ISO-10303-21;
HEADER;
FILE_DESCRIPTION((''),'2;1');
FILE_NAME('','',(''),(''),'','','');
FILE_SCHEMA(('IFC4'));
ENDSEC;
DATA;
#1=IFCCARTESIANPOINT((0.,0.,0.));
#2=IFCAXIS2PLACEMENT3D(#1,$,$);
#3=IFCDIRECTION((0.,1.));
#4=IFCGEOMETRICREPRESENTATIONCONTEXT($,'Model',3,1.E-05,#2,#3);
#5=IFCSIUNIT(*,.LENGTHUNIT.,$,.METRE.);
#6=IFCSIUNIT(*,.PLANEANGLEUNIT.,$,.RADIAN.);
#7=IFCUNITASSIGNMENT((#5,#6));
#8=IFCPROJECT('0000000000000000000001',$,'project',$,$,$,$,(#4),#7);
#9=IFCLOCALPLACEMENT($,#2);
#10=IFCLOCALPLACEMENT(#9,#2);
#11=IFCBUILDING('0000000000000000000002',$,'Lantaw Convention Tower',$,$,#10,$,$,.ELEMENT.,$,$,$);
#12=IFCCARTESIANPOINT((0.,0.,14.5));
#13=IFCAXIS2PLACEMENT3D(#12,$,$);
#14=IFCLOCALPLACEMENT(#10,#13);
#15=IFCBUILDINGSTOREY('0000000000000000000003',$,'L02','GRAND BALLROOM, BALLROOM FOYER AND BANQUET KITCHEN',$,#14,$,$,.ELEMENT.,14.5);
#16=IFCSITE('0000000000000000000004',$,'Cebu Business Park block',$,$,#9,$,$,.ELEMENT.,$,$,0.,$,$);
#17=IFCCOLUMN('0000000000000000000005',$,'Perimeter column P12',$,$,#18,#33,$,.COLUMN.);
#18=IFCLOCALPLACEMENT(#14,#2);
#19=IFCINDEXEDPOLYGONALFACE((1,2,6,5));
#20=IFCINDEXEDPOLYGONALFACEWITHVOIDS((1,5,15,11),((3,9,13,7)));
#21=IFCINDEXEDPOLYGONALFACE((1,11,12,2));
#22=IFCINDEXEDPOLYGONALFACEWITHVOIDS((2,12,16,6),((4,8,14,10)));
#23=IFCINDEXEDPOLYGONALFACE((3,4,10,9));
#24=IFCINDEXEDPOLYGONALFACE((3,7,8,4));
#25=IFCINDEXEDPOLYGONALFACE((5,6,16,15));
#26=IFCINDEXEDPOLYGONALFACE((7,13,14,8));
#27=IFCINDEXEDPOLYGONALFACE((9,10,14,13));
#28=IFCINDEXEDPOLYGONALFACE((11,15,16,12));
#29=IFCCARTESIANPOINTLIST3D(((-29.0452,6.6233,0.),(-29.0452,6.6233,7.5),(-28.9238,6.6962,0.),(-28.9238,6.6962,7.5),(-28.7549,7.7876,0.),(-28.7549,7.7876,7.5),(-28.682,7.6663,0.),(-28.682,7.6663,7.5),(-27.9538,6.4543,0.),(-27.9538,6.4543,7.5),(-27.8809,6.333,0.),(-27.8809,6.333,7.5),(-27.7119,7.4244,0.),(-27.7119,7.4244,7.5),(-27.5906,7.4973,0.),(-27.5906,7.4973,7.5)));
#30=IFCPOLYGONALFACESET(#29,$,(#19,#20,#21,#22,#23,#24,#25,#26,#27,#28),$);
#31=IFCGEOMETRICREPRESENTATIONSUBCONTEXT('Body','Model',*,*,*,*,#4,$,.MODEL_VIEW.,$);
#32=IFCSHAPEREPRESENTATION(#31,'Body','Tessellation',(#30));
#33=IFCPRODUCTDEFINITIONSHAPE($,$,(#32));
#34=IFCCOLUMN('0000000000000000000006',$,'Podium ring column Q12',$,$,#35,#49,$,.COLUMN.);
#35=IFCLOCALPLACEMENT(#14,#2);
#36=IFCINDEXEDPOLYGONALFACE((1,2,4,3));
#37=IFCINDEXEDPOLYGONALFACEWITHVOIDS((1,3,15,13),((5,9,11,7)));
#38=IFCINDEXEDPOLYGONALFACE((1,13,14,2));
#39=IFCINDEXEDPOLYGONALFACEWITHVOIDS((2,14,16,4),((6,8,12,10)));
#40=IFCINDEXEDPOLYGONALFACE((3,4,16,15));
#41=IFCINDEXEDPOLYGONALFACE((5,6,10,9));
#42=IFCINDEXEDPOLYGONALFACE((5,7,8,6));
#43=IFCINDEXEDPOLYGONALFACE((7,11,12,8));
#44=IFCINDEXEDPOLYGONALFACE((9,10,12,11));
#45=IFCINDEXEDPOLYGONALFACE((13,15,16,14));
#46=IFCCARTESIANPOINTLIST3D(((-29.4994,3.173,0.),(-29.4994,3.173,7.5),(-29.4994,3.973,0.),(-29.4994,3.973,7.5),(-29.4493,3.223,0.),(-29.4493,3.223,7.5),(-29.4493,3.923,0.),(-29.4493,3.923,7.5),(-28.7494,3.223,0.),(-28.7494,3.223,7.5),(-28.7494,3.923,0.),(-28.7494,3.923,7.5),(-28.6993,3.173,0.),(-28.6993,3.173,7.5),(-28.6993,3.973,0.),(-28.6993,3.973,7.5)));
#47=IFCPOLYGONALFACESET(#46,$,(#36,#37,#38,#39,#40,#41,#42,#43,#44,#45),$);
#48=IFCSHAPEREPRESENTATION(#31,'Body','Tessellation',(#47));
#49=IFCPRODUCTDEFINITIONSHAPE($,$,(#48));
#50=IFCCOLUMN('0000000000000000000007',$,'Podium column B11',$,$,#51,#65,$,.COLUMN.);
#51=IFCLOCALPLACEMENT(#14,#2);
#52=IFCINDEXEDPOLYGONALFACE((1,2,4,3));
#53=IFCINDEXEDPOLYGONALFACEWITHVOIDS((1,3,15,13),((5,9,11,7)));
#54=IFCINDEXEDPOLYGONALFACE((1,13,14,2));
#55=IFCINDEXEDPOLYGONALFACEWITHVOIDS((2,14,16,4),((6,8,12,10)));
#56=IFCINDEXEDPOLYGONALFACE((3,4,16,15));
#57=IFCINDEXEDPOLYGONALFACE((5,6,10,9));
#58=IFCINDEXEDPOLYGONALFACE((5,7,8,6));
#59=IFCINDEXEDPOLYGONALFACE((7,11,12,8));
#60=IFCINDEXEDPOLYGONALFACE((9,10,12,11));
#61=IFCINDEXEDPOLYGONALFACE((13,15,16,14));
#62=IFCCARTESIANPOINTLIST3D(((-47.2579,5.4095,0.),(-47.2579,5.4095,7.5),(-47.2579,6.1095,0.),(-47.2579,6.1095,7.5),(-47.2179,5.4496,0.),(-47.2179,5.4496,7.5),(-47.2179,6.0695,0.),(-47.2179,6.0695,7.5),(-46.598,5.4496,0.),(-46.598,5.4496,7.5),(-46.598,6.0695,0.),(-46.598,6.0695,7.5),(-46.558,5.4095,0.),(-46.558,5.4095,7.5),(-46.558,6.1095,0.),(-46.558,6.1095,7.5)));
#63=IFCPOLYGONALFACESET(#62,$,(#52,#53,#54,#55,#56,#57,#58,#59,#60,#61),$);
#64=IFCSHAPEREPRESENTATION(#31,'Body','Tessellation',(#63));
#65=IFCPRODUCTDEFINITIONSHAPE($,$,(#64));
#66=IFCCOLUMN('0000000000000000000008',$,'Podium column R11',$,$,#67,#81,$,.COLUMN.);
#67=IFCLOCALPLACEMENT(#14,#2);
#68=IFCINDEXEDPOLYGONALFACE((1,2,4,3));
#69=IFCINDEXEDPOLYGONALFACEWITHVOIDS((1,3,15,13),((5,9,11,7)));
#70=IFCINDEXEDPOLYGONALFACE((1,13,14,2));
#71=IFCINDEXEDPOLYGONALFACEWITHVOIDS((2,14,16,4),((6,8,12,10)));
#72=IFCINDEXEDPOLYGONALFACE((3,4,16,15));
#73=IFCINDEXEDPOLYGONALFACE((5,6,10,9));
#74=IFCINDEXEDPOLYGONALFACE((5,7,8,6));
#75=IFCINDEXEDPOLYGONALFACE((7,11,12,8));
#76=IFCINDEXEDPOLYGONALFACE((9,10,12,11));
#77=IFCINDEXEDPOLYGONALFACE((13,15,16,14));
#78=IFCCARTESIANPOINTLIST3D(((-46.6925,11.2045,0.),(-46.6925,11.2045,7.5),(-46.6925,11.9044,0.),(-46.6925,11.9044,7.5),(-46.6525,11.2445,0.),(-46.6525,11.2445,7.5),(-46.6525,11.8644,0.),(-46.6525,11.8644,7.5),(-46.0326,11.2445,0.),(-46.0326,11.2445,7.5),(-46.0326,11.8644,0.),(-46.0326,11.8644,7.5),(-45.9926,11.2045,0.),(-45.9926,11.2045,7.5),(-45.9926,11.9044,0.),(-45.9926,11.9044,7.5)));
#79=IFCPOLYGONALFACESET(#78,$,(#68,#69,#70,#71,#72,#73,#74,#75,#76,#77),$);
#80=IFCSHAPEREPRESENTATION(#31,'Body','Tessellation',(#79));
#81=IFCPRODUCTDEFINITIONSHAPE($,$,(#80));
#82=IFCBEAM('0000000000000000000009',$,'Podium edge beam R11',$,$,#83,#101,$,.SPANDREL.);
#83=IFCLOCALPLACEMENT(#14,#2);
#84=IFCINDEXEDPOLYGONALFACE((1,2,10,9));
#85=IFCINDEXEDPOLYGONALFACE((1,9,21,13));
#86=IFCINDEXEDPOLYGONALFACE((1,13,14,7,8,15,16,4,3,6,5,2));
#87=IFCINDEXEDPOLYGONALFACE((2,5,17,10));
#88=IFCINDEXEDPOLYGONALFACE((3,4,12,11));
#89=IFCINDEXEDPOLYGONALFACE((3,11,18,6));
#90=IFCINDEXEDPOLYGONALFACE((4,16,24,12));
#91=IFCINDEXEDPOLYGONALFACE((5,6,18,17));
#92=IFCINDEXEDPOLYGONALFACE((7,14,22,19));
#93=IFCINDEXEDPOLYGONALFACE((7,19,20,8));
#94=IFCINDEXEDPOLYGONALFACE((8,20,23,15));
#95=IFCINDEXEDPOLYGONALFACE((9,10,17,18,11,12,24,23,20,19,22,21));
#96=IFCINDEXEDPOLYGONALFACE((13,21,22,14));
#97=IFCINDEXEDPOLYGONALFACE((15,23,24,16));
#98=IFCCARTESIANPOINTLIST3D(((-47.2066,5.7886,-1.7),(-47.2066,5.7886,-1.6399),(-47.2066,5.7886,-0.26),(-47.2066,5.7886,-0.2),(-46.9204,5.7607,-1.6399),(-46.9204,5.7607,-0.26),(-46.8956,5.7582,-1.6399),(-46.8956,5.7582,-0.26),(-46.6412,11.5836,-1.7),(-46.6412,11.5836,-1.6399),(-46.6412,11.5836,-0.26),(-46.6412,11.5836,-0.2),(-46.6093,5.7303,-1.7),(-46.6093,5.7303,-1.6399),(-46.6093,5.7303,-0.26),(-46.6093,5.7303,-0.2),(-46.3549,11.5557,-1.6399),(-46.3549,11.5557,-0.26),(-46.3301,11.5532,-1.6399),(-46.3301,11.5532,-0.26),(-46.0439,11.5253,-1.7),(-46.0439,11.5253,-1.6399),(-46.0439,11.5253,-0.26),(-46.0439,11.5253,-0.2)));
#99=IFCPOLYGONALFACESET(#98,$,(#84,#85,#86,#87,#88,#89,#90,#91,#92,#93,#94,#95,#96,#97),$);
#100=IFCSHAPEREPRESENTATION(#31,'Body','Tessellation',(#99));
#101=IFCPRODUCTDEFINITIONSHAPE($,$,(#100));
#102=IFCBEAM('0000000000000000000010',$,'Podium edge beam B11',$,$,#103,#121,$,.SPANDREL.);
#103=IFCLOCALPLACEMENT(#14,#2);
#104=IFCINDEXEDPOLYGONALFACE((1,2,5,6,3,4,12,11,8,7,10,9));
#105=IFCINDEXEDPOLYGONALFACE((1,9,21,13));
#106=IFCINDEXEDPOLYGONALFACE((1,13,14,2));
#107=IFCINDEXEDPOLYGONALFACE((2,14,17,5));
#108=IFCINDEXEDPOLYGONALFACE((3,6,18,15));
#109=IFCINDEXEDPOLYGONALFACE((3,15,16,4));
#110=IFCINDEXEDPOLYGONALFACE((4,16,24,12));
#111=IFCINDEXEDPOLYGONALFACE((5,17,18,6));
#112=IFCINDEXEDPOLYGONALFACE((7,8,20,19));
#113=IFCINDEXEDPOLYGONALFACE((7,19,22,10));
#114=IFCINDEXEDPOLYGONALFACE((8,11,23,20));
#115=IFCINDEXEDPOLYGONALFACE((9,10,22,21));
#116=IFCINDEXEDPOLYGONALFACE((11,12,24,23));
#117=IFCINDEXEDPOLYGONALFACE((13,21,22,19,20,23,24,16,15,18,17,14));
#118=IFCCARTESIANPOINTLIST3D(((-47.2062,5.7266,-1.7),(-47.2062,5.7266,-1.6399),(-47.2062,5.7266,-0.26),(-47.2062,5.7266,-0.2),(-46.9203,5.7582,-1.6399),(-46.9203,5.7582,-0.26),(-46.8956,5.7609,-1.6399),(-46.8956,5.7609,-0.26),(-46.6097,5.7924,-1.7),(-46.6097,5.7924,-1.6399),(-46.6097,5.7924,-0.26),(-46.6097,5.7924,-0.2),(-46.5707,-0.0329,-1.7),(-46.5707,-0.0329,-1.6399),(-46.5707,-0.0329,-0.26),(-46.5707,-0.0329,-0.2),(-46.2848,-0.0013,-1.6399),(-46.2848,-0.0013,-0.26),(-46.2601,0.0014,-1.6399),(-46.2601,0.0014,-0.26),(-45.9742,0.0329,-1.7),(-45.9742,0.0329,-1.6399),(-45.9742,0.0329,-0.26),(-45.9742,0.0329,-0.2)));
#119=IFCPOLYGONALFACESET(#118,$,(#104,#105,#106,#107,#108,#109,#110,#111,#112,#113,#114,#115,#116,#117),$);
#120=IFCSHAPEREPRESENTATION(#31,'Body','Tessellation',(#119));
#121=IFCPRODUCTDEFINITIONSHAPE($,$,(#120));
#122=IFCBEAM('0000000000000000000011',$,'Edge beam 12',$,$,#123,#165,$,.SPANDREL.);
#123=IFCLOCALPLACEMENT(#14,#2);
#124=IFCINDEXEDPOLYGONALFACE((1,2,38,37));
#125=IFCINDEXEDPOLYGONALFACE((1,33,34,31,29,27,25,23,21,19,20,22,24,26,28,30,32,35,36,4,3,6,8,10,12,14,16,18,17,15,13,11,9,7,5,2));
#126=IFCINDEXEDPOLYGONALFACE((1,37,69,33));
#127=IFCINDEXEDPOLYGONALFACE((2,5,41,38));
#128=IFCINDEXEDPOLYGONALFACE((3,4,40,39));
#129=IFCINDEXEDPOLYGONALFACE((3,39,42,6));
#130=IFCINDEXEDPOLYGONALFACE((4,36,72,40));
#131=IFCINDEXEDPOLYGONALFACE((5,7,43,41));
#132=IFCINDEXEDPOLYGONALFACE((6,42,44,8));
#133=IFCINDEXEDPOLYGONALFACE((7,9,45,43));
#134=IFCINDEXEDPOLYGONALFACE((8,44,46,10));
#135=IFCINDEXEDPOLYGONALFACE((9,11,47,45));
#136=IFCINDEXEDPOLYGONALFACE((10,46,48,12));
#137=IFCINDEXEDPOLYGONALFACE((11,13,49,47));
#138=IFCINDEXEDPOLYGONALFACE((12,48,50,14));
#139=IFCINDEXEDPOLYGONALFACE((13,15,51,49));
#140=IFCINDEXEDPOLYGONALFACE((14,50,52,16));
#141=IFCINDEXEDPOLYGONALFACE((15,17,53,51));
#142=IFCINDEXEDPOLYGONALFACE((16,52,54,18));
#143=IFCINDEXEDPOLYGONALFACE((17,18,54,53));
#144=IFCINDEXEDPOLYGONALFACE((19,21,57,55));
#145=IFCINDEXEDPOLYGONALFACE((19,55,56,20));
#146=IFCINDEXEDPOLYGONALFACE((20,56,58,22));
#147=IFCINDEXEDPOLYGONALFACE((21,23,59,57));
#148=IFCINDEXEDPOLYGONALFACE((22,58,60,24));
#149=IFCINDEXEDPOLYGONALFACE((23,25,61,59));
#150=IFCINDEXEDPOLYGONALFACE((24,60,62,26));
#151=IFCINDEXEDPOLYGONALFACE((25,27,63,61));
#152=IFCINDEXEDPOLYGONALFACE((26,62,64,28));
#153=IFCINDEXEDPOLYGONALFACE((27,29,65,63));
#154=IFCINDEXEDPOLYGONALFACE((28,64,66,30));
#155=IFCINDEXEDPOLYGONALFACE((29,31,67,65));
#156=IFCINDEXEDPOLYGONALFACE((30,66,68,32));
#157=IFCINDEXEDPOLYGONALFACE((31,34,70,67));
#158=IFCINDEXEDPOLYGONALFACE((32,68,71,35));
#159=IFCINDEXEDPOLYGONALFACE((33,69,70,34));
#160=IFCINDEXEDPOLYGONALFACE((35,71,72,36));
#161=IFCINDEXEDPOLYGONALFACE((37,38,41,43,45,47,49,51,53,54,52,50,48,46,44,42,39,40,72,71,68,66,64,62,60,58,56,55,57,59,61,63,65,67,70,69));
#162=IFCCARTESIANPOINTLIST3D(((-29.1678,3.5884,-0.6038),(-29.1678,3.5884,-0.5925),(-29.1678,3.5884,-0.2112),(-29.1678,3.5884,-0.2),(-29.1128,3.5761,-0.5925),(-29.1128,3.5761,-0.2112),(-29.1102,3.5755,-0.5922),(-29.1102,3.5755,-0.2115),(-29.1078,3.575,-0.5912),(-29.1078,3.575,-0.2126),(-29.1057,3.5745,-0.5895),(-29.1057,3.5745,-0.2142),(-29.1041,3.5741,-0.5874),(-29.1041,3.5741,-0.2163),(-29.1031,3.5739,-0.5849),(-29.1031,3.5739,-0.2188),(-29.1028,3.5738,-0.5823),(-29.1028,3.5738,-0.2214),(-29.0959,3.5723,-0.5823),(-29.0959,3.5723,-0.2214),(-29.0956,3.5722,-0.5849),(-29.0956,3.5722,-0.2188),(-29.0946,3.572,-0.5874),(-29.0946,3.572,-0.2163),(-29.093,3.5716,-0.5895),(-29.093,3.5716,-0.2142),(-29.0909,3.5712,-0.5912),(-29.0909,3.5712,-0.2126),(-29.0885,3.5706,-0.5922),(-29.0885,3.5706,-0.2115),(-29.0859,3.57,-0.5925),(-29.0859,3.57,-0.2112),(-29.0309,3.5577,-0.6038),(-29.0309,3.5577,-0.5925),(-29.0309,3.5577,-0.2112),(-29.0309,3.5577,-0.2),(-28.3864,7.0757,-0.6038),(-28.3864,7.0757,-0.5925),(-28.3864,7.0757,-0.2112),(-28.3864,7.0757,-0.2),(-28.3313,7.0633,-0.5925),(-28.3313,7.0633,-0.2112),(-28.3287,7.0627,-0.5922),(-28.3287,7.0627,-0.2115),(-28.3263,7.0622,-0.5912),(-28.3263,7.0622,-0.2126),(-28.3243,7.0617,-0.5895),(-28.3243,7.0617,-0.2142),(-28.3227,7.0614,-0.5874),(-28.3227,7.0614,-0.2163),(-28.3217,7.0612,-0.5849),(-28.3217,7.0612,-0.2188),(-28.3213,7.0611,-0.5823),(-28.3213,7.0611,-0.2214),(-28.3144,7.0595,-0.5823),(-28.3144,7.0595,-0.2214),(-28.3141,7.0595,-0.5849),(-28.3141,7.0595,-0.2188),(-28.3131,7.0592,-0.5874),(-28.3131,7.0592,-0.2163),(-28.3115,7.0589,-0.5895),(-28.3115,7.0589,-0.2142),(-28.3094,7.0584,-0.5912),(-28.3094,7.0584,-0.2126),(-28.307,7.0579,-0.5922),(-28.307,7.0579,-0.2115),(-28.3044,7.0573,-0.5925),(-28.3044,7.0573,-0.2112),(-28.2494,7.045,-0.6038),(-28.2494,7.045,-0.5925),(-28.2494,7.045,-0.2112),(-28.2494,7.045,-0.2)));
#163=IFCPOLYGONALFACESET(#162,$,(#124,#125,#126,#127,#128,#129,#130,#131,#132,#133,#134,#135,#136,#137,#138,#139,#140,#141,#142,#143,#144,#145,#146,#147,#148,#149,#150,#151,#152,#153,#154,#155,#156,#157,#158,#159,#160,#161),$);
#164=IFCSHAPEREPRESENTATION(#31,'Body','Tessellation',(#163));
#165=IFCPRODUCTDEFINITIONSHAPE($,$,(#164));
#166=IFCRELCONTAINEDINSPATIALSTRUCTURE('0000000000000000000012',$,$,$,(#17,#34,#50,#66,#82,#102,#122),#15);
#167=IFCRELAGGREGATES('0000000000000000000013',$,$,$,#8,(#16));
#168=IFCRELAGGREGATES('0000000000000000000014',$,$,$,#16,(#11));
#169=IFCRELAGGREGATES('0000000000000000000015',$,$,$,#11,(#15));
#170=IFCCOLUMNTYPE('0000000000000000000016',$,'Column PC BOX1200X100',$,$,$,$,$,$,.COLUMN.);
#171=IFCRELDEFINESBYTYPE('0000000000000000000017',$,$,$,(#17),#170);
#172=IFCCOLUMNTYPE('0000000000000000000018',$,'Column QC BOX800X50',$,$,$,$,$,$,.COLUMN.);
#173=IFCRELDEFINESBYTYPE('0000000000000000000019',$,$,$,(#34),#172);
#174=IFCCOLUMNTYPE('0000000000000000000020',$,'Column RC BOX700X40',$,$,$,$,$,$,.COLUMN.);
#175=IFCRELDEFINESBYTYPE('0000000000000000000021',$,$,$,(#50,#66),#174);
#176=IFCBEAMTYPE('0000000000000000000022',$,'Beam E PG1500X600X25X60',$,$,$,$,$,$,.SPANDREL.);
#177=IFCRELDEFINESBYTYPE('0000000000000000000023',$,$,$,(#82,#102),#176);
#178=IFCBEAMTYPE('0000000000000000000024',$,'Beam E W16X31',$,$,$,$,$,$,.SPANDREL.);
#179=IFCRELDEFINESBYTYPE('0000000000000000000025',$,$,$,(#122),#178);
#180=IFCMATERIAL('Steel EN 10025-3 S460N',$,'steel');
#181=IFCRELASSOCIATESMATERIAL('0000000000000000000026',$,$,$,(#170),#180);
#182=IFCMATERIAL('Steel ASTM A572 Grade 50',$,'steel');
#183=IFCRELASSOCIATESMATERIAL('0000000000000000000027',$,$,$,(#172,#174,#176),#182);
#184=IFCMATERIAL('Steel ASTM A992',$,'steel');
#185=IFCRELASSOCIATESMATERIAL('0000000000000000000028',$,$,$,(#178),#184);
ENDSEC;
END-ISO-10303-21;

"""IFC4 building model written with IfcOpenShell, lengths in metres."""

from ifc_helpers import new_model, si_unit, direction, frame, origin, origin_2d, place, context, subcontext, project, spatial, rectangle, hollow_rectangle, i_section, extrude, material, material_profile, profile_set, type_object, element, save


model = new_model("IFC4")

# Units and contexts
model_context = context("Model", 3, precision=1e-05, world=origin(), true_north=direction((0.0, 1.0)))
body_context = subcontext(model_context, "Body", "Model", "MODEL_VIEW")
ifc_project = project(units=[si_unit("LENGTHUNIT", "METRE"), si_unit("PLANEANGLEUNIT", "RADIAN")], contexts=[model_context])

# Site, building, storey
site_placement = place(None, origin())
site = spatial("IfcSite", under=ifc_project, at=site_placement, Name="Cebu Business Park block", CompositionType="ELEMENT", RefElevation=0.0)
building_placement = place(site_placement, origin())
building = spatial("IfcBuilding", under=site, at=building_placement, Name="Lantaw Convention Tower", CompositionType="ELEMENT")
storey_placement = place(building_placement, frame((0.0, 0.0, 14.5)))
storey = spatial("IfcBuildingStorey", under=building, at=storey_placement, Name="L02", Description="GRAND BALLROOM, BALLROOM FOYER AND BANQUET KITCHEN", CompositionType="ELEMENT", Elevation=14.5)

# Columns
ifc_material_1 = material(Name="Steel EN 10025-3 S460N", Category="steel")
ifc_material_profile_1 = material_profile(ifc_material_1, hollow_rectangle(XDim=1.2, YDim=1.2, WallThickness=0.1001, at=origin_2d()), Name="BOX1200X100")
ifc_material_2 = material(Name="Concrete C60/75", Category="concrete")
ifc_material_profile_2 = material_profile(ifc_material_2, rectangle(XDim=1.0, YDim=1.0, at=origin_2d()), Name="Concrete fill of BOX1200X100")
ifc_profile_set_1 = profile_set([ifc_material_profile_1, ifc_material_profile_2], Name="Steel EN 10025-3 S460N")
column_type_1 = type_object("IfcColumnType", Name="Column PC BOX1200X100", PredefinedType="COLUMN", material=ifc_profile_set_1)
column_1_placement = place(storey_placement, frame((-28.3179, 7.0603, 0.0), z_axis=(0.0, 0.0, 1.0), x_axis=(0.241922, 0.970296, 0.0)))
element("IfcColumn", 1, at=column_1_placement, inside=storey, type_object=column_type_1, Name="Perimeter column P12", PredefinedType="COLUMN", context=body_context, shape_type="SweptSolid", body=[
    extrude(hollow_rectangle(XDim=1.2, YDim=1.2, WallThickness=0.1001, at=origin_2d()), origin(), (0.0, 0.0, 1.0), 7.5),
])
ifc_material_3 = material(Name="Steel ASTM A572 Grade 50", Category="steel")
ifc_material_profile_3 = material_profile(ifc_material_3, hollow_rectangle(XDim=0.8, YDim=0.8, WallThickness=0.05, at=origin_2d()), Name="BOX800X50")
ifc_profile_set_2 = profile_set([ifc_material_profile_3], Name="Steel ASTM A572 Grade 50")
column_type_2 = type_object("IfcColumnType", Name="Column QC BOX800X50", PredefinedType="COLUMN", material=ifc_profile_set_2)
column_2_placement = place(storey_placement, frame((-29.0994, 3.573, 0.0), z_axis=(0.0, 0.0, 1.0), x_axis=(1.0, 0.0, 0.0)))
element("IfcColumn", 2, at=column_2_placement, inside=storey, type_object=column_type_2, Name="Podium ring column Q12", PredefinedType="COLUMN", context=body_context, shape_type="SweptSolid", body=[
    extrude(hollow_rectangle(XDim=0.8, YDim=0.8, WallThickness=0.05, at=origin_2d()), origin(), (0.0, 0.0, 1.0), 7.5),
])
ifc_material_profile_4 = material_profile(ifc_material_3, hollow_rectangle(XDim=0.7, YDim=0.7, WallThickness=0.04, at=origin_2d()), Name="BOX700X40")
ifc_profile_set_3 = profile_set([ifc_material_profile_4], Name="Steel ASTM A572 Grade 50")
column_type_3 = type_object("IfcColumnType", Name="Column RC BOX700X40", PredefinedType="COLUMN", material=ifc_profile_set_3)
for number, where, z_axis, x_axis, name in (
    (3, (-46.908, 5.7595, 0.0), (0.0, 0.0, 1.0), (1.0, 0.0, 0.0), "Podium column B11"),
    (4, (-46.3425, 11.5544, 0.0), (0.0, 0.0, 1.0), (1.0, 0.0, 0.0), "Podium column R11"),
):
    element("IfcColumn", number, at=place(storey_placement, frame(where, z_axis=z_axis, x_axis=x_axis)), inside=storey, type_object=column_type_3, Name=name, PredefinedType="COLUMN", context=body_context, shape_type="SweptSolid", body=[
        extrude(hollow_rectangle(XDim=0.7, YDim=0.7, WallThickness=0.04, at=origin_2d()), origin(), (0.0, 0.0, 1.0), 7.5),
    ])

# Beams
ifc_material_profile_5 = material_profile(ifc_material_3, i_section(OverallWidth=0.6001, OverallDepth=1.5, WebThickness=0.0249, FlangeThickness=0.0601, at=origin_2d()), Name="PG1500X600X25X60")
ifc_profile_set_4 = profile_set([ifc_material_profile_5], Name="Steel ASTM A572 Grade 50")
beam_type_1 = type_object("IfcBeamType", Name="Beam E PG1500X600X25X60", PredefinedType="SPANDREL", material=ifc_profile_set_4)
beam_1_placement = place(storey_placement, frame((-46.3425, 11.5544, -0.95), z_axis=(-0.097112, -0.995273, 0.0), x_axis=(0.995273, -0.097112, 0.0)))
element("IfcBeam", 5, at=beam_1_placement, inside=storey, type_object=beam_type_1, Name="Podium edge beam R11", PredefinedType="SPANDREL", context=body_context, shape_type="SweptSolid", body=[
    extrude(i_section(OverallWidth=0.6001, OverallDepth=1.5, WebThickness=0.0249, FlangeThickness=0.0601, at=origin_2d()), origin(), (0.0, 0.0, 1.0), 5.8225),
])
beam_2_placement = place(storey_placement, frame((-46.908, 5.7595, -0.95), z_axis=(0.109673, -0.993968, 0.0), x_axis=(0.993968, 0.109673, 0.0)))
element("IfcBeam", 6, at=beam_2_placement, inside=storey, type_object=beam_type_1, Name="Podium edge beam B11", PredefinedType="SPANDREL", context=body_context, shape_type="SweptSolid", body=[
    extrude(i_section(OverallWidth=0.6001, OverallDepth=1.5, WebThickness=0.0249, FlangeThickness=0.0601, at=origin_2d()), origin(), (0.0, 0.0, 1.0), 5.7944),
])
ifc_material_4 = material(Name="Steel ASTM A992", Category="steel")
ifc_material_profile_6 = material_profile(ifc_material_4, i_section(OverallWidth=0.1404, OverallDepth=0.4038, WebThickness=0.0071, FlangeThickness=0.0112, FilletRadius=0.0103, at=origin_2d()), Name="W16X31")
ifc_profile_set_5 = profile_set([ifc_material_profile_6], Name="Steel ASTM A992")
beam_type_2 = type_object("IfcBeamType", Name="Beam E W16X31", PredefinedType="SPANDREL", material=ifc_profile_set_5)
beam_3_placement = place(storey_placement, frame((-28.3179, 7.0603, -0.4019), z_axis=(-0.218673, -0.975798, 0.0), x_axis=(0.975798, -0.218673, 0.0)))
element("IfcBeam", 7, at=beam_3_placement, inside=storey, type_object=beam_type_2, Name="Edge beam 12", PredefinedType="SPANDREL", context=body_context, shape_type="SweptSolid", body=[
    extrude(i_section(OverallWidth=0.1404, OverallDepth=0.4038, WebThickness=0.0071, FlangeThickness=0.0112, FilletRadius=0.0103, at=origin_2d()), origin(), (0.0, 0.0, 1.0), 3.5737),
])

save(model, "model.ifc")
